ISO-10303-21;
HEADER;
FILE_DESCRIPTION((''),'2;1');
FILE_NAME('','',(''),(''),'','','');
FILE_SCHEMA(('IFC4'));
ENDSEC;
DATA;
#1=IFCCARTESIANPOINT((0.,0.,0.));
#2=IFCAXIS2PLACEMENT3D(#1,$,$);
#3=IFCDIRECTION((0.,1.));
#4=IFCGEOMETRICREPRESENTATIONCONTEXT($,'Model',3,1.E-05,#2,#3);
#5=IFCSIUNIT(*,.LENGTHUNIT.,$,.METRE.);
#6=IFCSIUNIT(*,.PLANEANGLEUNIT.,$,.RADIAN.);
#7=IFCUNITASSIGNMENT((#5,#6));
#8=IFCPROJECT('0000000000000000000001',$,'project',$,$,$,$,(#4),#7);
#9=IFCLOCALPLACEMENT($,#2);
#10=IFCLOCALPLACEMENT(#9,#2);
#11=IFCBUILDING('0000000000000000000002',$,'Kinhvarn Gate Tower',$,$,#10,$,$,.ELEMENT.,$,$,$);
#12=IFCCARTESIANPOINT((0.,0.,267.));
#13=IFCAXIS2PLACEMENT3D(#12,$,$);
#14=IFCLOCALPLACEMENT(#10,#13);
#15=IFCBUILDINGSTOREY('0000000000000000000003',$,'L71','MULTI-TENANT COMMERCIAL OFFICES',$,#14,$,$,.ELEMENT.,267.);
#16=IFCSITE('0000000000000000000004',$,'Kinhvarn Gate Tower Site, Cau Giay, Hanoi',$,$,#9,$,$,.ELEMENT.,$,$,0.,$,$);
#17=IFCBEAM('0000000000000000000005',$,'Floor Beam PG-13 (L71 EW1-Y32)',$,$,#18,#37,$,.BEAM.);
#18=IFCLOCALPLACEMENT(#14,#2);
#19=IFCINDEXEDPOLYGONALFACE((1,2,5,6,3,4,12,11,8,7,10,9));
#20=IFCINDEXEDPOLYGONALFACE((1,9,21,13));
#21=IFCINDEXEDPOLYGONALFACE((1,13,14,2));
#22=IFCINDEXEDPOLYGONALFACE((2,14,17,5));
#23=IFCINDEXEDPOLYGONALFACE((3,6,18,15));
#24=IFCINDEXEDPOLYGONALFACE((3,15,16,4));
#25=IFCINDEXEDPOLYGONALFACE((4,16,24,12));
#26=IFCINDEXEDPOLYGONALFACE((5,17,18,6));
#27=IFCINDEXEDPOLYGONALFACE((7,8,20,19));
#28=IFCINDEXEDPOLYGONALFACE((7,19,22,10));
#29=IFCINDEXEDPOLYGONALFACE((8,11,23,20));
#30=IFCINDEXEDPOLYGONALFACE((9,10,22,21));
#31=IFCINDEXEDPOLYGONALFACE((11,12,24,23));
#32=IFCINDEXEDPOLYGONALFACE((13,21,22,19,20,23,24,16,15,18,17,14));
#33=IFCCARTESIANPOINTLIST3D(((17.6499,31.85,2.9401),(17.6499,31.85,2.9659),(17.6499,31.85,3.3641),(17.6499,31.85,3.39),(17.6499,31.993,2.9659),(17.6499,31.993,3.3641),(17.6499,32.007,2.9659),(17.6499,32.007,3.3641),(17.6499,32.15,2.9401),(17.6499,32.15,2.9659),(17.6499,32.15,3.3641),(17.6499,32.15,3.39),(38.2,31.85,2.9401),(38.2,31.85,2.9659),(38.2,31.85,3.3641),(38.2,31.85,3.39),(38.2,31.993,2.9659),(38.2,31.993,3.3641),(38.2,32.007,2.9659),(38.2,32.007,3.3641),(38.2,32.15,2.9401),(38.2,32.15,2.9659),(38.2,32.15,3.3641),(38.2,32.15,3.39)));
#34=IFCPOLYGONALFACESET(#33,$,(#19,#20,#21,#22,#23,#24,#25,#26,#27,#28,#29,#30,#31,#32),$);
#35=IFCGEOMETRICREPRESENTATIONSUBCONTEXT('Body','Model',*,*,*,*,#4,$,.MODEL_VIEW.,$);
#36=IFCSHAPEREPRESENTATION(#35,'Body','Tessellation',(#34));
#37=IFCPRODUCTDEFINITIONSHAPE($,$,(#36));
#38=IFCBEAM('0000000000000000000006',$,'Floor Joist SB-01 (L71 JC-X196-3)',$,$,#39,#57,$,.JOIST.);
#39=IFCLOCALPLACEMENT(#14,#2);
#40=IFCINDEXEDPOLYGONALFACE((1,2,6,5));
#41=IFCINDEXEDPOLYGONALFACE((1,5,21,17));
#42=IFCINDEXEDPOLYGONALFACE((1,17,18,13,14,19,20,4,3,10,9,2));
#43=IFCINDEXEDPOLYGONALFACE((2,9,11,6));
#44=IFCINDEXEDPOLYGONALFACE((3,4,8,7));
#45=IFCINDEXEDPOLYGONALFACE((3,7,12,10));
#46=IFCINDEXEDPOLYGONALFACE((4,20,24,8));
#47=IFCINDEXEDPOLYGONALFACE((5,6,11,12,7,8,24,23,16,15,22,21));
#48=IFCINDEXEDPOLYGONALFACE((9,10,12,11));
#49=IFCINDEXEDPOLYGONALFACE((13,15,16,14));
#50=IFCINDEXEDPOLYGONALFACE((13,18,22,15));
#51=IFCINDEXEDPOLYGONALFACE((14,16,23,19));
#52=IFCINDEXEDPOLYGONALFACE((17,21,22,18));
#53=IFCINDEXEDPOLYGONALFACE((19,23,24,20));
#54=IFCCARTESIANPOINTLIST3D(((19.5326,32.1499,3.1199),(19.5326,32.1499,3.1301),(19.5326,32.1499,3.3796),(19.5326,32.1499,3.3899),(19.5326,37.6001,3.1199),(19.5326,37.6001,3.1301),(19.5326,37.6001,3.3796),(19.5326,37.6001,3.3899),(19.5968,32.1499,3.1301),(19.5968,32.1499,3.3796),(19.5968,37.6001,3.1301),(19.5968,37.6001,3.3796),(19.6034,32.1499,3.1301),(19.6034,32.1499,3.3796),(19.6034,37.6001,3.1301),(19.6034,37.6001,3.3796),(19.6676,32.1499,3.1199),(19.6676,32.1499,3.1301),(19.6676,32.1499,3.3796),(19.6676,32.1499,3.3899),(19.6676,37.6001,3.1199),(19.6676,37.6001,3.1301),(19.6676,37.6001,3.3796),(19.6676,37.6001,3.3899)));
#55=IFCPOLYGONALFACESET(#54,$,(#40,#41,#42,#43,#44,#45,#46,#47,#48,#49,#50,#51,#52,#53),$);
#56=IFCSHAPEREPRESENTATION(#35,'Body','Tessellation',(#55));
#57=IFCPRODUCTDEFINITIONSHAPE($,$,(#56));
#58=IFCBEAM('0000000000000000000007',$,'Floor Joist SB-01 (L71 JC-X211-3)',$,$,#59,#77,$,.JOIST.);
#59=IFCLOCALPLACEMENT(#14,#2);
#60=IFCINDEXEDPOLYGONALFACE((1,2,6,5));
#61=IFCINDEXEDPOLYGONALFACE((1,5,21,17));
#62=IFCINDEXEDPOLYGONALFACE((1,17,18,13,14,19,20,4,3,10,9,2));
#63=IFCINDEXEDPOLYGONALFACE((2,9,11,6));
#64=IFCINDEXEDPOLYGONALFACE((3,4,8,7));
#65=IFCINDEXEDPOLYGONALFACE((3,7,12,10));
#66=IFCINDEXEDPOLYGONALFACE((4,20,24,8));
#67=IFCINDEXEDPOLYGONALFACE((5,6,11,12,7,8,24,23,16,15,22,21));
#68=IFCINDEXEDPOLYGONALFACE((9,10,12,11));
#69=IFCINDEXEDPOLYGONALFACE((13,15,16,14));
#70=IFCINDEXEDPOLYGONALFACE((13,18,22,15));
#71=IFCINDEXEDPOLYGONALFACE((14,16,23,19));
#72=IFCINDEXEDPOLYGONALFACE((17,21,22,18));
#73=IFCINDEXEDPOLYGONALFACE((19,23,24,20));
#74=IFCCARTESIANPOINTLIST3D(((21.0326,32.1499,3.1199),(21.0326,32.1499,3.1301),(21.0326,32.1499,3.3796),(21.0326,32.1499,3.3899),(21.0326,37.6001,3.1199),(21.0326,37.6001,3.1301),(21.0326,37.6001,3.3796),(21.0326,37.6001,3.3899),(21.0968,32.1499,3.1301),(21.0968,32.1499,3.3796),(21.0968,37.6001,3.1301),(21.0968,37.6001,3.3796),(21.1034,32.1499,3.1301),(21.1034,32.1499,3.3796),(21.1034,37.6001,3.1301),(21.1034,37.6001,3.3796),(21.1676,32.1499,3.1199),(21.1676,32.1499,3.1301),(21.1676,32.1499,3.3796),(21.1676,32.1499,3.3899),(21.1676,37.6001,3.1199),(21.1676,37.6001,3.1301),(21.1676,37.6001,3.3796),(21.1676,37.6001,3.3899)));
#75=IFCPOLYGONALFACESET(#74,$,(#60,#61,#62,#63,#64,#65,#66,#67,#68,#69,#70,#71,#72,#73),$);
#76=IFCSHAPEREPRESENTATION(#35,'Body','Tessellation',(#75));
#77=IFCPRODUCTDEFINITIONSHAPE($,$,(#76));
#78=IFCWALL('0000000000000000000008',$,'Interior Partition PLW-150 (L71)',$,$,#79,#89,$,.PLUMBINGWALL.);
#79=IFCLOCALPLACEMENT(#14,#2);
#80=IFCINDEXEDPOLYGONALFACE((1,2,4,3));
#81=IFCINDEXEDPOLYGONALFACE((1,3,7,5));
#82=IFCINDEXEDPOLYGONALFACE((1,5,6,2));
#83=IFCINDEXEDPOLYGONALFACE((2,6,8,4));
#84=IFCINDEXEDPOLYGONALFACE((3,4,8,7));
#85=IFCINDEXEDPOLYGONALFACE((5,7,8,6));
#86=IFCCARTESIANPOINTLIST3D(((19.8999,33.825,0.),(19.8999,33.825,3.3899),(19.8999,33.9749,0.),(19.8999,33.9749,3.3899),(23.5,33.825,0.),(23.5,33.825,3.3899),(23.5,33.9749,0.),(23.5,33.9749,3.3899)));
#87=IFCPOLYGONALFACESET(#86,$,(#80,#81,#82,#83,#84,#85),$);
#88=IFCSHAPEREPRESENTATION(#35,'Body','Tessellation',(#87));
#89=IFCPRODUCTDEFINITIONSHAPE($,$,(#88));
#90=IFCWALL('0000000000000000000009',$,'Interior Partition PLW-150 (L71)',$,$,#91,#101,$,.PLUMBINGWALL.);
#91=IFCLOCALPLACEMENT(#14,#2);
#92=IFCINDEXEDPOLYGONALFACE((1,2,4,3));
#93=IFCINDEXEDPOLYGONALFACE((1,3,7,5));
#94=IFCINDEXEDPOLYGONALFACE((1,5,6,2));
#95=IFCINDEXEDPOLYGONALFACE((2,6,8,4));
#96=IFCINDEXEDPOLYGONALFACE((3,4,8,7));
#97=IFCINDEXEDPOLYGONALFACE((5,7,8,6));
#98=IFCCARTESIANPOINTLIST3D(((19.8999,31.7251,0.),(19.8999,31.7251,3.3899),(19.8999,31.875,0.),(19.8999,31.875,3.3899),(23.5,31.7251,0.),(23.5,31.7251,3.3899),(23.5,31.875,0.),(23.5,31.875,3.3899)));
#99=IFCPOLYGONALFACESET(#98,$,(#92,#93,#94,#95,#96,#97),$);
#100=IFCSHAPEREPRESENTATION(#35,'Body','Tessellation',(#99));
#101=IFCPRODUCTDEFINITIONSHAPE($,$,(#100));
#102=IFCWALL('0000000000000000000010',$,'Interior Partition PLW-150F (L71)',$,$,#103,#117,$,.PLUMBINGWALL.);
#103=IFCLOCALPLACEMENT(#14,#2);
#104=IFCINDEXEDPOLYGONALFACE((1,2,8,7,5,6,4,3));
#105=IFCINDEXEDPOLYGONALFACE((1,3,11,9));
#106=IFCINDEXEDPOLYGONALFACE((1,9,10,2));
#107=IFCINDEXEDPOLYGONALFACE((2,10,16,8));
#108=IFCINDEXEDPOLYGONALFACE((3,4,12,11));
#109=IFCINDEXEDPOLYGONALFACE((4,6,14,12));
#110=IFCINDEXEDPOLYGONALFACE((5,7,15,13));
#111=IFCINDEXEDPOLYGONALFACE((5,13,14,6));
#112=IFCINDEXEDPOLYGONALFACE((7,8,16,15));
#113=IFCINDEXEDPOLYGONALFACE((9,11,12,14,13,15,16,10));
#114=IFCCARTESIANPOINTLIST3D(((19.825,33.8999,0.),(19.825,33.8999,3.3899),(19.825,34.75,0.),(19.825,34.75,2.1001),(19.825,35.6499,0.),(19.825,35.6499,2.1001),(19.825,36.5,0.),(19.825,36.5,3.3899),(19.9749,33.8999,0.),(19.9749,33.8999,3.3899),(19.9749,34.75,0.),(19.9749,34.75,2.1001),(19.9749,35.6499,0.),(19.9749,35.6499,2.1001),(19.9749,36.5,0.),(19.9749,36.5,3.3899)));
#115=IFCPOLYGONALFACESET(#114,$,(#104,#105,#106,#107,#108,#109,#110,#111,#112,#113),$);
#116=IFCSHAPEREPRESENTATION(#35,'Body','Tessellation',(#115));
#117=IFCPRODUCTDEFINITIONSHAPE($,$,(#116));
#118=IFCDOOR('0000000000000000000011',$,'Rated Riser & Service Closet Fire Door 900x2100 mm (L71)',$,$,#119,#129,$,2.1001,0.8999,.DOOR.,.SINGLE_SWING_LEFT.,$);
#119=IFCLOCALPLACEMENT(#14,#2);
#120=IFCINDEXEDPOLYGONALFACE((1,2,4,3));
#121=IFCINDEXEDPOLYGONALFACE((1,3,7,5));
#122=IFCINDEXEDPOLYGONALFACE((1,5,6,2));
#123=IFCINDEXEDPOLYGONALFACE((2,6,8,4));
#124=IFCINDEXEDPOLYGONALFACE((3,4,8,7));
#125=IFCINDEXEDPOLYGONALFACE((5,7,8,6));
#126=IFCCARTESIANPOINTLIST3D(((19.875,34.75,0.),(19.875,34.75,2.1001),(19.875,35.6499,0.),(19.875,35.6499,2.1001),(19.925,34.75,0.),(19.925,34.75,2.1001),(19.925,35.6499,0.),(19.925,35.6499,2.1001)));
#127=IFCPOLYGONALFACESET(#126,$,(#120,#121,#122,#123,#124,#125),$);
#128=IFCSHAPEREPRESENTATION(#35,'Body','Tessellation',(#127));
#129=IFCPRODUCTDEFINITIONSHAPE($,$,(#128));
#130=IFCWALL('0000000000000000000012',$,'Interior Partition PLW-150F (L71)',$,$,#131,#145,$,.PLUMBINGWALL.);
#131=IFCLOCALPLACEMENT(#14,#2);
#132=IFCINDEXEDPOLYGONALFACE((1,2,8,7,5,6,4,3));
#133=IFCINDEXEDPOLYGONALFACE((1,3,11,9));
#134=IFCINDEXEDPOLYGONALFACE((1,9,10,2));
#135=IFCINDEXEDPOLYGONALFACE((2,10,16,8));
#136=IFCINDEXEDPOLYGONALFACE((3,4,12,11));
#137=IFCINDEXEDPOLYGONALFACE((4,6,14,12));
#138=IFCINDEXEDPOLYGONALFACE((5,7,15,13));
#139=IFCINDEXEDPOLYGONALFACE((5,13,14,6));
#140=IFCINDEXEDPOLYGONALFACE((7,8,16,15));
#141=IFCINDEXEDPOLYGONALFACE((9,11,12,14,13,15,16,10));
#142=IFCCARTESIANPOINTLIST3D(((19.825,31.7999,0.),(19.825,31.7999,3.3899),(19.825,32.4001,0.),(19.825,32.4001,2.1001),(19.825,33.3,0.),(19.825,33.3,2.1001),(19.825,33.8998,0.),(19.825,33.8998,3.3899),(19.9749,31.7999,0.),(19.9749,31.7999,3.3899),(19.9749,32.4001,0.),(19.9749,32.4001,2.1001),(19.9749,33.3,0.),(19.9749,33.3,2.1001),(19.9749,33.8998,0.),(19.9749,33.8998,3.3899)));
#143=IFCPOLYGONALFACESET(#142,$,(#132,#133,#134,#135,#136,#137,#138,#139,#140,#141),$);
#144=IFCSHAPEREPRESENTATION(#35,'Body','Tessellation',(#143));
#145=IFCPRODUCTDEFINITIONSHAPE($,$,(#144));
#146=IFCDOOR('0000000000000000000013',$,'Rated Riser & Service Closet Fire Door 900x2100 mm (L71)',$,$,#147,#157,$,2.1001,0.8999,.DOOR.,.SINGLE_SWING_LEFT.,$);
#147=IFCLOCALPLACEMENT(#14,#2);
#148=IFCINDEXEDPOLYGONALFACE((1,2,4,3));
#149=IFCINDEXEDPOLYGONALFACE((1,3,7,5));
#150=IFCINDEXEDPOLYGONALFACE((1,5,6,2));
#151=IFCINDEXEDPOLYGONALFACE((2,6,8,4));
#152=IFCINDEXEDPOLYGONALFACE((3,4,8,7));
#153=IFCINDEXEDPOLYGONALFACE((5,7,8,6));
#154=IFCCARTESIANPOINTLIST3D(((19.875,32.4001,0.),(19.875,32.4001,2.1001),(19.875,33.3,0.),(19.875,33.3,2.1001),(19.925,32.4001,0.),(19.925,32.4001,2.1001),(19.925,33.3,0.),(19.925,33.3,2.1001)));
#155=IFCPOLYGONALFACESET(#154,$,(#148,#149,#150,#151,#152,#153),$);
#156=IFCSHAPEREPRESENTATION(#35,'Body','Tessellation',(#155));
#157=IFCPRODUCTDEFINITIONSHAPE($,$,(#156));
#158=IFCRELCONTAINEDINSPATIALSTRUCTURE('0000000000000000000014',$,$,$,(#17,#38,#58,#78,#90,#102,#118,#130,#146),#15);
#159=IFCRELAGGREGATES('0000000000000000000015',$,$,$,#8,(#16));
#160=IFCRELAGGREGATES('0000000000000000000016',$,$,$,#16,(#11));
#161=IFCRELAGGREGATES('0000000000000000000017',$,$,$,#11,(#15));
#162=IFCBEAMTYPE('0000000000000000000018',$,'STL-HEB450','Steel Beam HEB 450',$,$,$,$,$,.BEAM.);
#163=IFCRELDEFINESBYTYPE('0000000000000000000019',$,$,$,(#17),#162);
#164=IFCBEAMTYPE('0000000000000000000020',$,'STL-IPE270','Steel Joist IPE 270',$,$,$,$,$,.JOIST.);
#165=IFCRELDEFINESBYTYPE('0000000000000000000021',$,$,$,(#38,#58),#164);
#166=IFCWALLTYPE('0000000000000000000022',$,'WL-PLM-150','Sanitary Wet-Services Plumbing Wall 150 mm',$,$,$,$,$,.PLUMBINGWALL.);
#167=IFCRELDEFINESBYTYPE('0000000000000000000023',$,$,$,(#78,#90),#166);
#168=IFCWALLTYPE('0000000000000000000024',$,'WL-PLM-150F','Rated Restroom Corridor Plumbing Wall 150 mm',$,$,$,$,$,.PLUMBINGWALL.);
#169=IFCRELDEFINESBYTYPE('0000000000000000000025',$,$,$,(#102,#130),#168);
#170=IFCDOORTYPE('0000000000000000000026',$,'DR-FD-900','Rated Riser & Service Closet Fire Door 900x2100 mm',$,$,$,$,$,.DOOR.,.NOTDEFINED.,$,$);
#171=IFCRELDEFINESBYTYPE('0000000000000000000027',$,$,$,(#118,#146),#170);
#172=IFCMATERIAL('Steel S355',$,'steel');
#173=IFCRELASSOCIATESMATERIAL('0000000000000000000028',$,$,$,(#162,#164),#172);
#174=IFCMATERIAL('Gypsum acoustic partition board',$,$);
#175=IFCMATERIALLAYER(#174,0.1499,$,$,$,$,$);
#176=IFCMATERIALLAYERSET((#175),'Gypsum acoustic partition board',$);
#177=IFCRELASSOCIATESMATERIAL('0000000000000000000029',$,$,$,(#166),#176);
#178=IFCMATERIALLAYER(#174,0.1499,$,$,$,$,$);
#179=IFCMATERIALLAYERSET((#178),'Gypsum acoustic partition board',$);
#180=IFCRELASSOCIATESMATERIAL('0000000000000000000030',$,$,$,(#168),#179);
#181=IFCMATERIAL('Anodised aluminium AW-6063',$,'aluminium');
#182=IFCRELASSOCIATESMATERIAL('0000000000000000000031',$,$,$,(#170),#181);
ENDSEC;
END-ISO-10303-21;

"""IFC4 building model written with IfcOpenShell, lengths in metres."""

from ifc_helpers import new_model, si_unit, direction, frame, frame_2d, origin, origin_2d, place, context, subcontext, project, spatial, rectangle, i_section, extrude, material, layer, layer_set, material_profile, profile_set, type_object, element, fill, save


model = new_model("IFC4")

# Units and contexts
model_context = context("Model", 3, precision=1e-05, world=origin(), true_north=direction((0.0, 1.0)))
body_context = subcontext(model_context, "Body", "Model", "MODEL_VIEW")
ifc_project = project(units=[si_unit("LENGTHUNIT", "METRE"), si_unit("PLANEANGLEUNIT", "RADIAN")], contexts=[model_context])

# Site, building, storey
site_placement = place(None, origin())
site = spatial("IfcSite", under=ifc_project, at=site_placement, Name="Kinhvarn Gate Tower Site, Cau Giay, Hanoi", CompositionType="ELEMENT", RefElevation=0.0)
building_placement = place(site_placement, origin())
building = spatial("IfcBuilding", under=site, at=building_placement, Name="Kinhvarn Gate Tower", CompositionType="ELEMENT")
storey_placement = place(building_placement, frame((0.0, 0.0, 267.0)))
storey = spatial("IfcBuildingStorey", under=building, at=storey_placement, Name="L71", Description="MULTI-TENANT COMMERCIAL OFFICES", CompositionType="ELEMENT", Elevation=267.0)

# Beams
ifc_material_1 = material(Name="Steel S355", Category="steel")
ifc_material_profile_1 = material_profile(ifc_material_1, i_section(OverallWidth=0.3, OverallDepth=0.45, WebThickness=0.0139, FlangeThickness=0.0259, at=origin_2d()), Name="HEB 450")
ifc_profile_set_1 = profile_set([ifc_material_profile_1], Name="Steel S355")
beam_type_1 = type_object("IfcBeamType", Name="STL-HEB450", Description="Steel Beam HEB 450", PredefinedType="BEAM", material=ifc_profile_set_1)
beam_placement = place(storey_placement, frame((17.6499, 32.0, 3.165), z_axis=(1.0, 0.0, 0.0), x_axis=(0.0, 1.0, 0.0)))
element("IfcBeam", 1, at=beam_placement, inside=storey, type_object=beam_type_1, Name="Floor Beam PG-13 (L71 EW1-Y32)", PredefinedType="BEAM", context=body_context, shape_type="SweptSolid", body=[
    extrude(i_section(OverallWidth=0.3, OverallDepth=0.45, WebThickness=0.0139, FlangeThickness=0.0259, at=origin_2d()), origin(), (0.0, 0.0, 1.0), 20.55),
])
ifc_material_profile_2 = material_profile(ifc_material_1, i_section(OverallWidth=0.135, OverallDepth=0.27, WebThickness=0.0066, FlangeThickness=0.0103, at=origin_2d()), Name="IPE 270")
ifc_profile_set_2 = profile_set([ifc_material_profile_2], Name="Steel S355")
beam_type_2 = type_object("IfcBeamType", Name="STL-IPE270", Description="Steel Joist IPE 270", PredefinedType="JOIST", material=ifc_profile_set_2)
for number, where, z_axis, x_axis, name in (
    (2, (19.6001, 32.1499, 3.2549), (0.0, 1.0, 0.0), (-1.0, 0.0, 0.0), "Floor Joist SB-01 (L71 JC-X196-3)"),
    (3, (21.1001, 32.1499, 3.2549), (0.0, 1.0, 0.0), (-1.0, 0.0, 0.0), "Floor Joist SB-01 (L71 JC-X211-3)"),
):
    element("IfcBeam", number, at=place(storey_placement, frame(where, z_axis=z_axis, x_axis=x_axis)), inside=storey, type_object=beam_type_2, Name=name, PredefinedType="JOIST", context=body_context, shape_type="SweptSolid", body=[
        extrude(i_section(OverallWidth=0.135, OverallDepth=0.27, WebThickness=0.0066, FlangeThickness=0.0103, at=origin_2d()), origin(), (0.0, 0.0, 1.0), 5.4502),
    ])

# Walls
ifc_material_2 = material(Name="Gypsum acoustic partition board")
ifc_layer_1 = layer(ifc_material_2, 0.1499)
ifc_layer_set_1 = layer_set([ifc_layer_1], Name="Gypsum acoustic partition board")
wall_type_1 = type_object("IfcWallType", Name="WL-PLM-150", Description="Sanitary Wet-Services Plumbing Wall 150 mm", PredefinedType="PLUMBINGWALL", material=ifc_layer_set_1)
for number, where, z_axis, x_axis, name in (
    (4, (19.8999, 33.8999, 0.0), (0.0, 0.0, 1.0), (1.0, 0.0, 0.0), "Interior Partition PLW-150 (L71)"),
    (5, (19.8999, 31.8, 0.0), (0.0, 0.0, 1.0), (1.0, 0.0, 0.0), "Interior Partition PLW-150 (L71)"),
):
    element("IfcWall", number, at=place(storey_placement, frame(where, z_axis=z_axis, x_axis=x_axis)), inside=storey, type_object=wall_type_1, Name=name, PredefinedType="PLUMBINGWALL", context=body_context, shape_type="SweptSolid", body=[
        extrude(rectangle(XDim=3.6001, YDim=0.1499, at=frame_2d((1.8, 0.0))), origin(), (0.0, 0.0, 1.0), 3.3899),
    ])

# Walls, openings, doors
ifc_layer_2 = layer(ifc_material_2, 0.1499)
ifc_layer_set_2 = layer_set([ifc_layer_2], Name="Gypsum acoustic partition board")
wall_type_2 = type_object("IfcWallType", Name="WL-PLM-150F", Description="Rated Restroom Corridor Plumbing Wall 150 mm", PredefinedType="PLUMBINGWALL", material=ifc_layer_set_2)
wall_1_placement = place(storey_placement, frame((19.8999, 33.8999, 0.0), z_axis=(0.0, 0.0, 1.0), x_axis=(0.0, 1.0, 0.0)))
wall_1 = element("IfcWall", 6, at=wall_1_placement, inside=storey, type_object=wall_type_2, Name="Interior Partition PLW-150F (L71)", PredefinedType="PLUMBINGWALL", context=body_context, shape_type="SweptSolid", body=[
    extrude(rectangle(XDim=2.6001, YDim=0.1499, at=frame_2d((1.3, 0.0))), origin(), (0.0, 0.0, 1.0), 3.3899),
])
opening_1_placement = place(wall_1_placement, frame((0.8501, 0.0, 0.0)))
opening_1 = element("IfcOpeningElement", 7, at=opening_1_placement, cuts=wall_1, PredefinedType="OPENING", context=body_context, shape_type="SweptSolid", body=[
    extrude(rectangle(XDim=0.8999, YDim=2.1001, at=frame_2d((0.45, 1.05))), frame((0.0, 0.085, 0.0), z_axis=(0.0, -1.0, 0.0), x_axis=(1.0, 0.0, 0.0)), (0.0, 0.0, 1.0), 0.1699),
])
ifc_material_3 = material(Name="Anodised aluminium AW-6063", Category="aluminium")
door_type_1 = type_object("IfcDoorType", Name="DR-FD-900", Description="Rated Riser & Service Closet Fire Door 900x2100 mm", OperationType="NOTDEFINED", PredefinedType="DOOR", material=ifc_material_3)
door_1_placement = place(opening_1_placement, origin())
door_1 = element("IfcDoor", 8, at=door_1_placement, inside=storey, type_object=door_type_1, Name="Rated Riser & Service Closet Fire Door 900x2100 mm (L71)", OperationType="SINGLE_SWING_LEFT", OverallHeight=2.1001, OverallWidth=0.8999, PredefinedType="DOOR", context=body_context, shape_type="SweptSolid", body=[
    extrude(rectangle(XDim=0.8999, YDim=2.1001, at=frame_2d((0.45, 1.05))), frame((0.0, 0.0249, 0.0), z_axis=(0.0, -1.0, 0.0), x_axis=(1.0, 0.0, 0.0)), (0.0, 0.0, 1.0), 0.05),
])
fill(opening_1, door_1)
wall_2_placement = place(storey_placement, frame((19.8999, 31.8, 0.0), z_axis=(0.0, 0.0, 1.0), x_axis=(0.0, 1.0, 0.0)))
wall_2 = element("IfcWall", 9, at=wall_2_placement, inside=storey, type_object=wall_type_2, Name="Interior Partition PLW-150F (L71)", PredefinedType="PLUMBINGWALL", context=body_context, shape_type="SweptSolid", body=[
    extrude(rectangle(XDim=2.0999, YDim=0.1499, at=frame_2d((1.0498, 0.0))), origin(), (0.0, 0.0, 1.0), 3.3899),
])
opening_2_placement = place(wall_2_placement, frame((0.6001, 0.0, 0.0)))
opening_2 = element("IfcOpeningElement", 10, at=opening_2_placement, cuts=wall_2, PredefinedType="OPENING", context=body_context, shape_type="SweptSolid", body=[
    extrude(rectangle(XDim=0.8999, YDim=2.1001, at=frame_2d((0.45, 1.05))), frame((0.0, 0.085, 0.0), z_axis=(0.0, -1.0, 0.0), x_axis=(1.0, 0.0, 0.0)), (0.0, 0.0, 1.0), 0.1699),
])
door_2_placement = place(opening_2_placement, origin())
door_2 = element("IfcDoor", 11, at=door_2_placement, inside=storey, type_object=door_type_1, Name="Rated Riser & Service Closet Fire Door 900x2100 mm (L71)", OperationType="SINGLE_SWING_LEFT", OverallHeight=2.1001, OverallWidth=0.8999, PredefinedType="DOOR", context=body_context, shape_type="SweptSolid", body=[
    extrude(rectangle(XDim=0.8999, YDim=2.1001, at=frame_2d((0.45, 1.05))), frame((0.0, 0.0249, 0.0), z_axis=(0.0, -1.0, 0.0), x_axis=(1.0, 0.0, 0.0)), (0.0, 0.0, 1.0), 0.05),
])
fill(opening_2, door_2)

save(model, "model.ifc")
